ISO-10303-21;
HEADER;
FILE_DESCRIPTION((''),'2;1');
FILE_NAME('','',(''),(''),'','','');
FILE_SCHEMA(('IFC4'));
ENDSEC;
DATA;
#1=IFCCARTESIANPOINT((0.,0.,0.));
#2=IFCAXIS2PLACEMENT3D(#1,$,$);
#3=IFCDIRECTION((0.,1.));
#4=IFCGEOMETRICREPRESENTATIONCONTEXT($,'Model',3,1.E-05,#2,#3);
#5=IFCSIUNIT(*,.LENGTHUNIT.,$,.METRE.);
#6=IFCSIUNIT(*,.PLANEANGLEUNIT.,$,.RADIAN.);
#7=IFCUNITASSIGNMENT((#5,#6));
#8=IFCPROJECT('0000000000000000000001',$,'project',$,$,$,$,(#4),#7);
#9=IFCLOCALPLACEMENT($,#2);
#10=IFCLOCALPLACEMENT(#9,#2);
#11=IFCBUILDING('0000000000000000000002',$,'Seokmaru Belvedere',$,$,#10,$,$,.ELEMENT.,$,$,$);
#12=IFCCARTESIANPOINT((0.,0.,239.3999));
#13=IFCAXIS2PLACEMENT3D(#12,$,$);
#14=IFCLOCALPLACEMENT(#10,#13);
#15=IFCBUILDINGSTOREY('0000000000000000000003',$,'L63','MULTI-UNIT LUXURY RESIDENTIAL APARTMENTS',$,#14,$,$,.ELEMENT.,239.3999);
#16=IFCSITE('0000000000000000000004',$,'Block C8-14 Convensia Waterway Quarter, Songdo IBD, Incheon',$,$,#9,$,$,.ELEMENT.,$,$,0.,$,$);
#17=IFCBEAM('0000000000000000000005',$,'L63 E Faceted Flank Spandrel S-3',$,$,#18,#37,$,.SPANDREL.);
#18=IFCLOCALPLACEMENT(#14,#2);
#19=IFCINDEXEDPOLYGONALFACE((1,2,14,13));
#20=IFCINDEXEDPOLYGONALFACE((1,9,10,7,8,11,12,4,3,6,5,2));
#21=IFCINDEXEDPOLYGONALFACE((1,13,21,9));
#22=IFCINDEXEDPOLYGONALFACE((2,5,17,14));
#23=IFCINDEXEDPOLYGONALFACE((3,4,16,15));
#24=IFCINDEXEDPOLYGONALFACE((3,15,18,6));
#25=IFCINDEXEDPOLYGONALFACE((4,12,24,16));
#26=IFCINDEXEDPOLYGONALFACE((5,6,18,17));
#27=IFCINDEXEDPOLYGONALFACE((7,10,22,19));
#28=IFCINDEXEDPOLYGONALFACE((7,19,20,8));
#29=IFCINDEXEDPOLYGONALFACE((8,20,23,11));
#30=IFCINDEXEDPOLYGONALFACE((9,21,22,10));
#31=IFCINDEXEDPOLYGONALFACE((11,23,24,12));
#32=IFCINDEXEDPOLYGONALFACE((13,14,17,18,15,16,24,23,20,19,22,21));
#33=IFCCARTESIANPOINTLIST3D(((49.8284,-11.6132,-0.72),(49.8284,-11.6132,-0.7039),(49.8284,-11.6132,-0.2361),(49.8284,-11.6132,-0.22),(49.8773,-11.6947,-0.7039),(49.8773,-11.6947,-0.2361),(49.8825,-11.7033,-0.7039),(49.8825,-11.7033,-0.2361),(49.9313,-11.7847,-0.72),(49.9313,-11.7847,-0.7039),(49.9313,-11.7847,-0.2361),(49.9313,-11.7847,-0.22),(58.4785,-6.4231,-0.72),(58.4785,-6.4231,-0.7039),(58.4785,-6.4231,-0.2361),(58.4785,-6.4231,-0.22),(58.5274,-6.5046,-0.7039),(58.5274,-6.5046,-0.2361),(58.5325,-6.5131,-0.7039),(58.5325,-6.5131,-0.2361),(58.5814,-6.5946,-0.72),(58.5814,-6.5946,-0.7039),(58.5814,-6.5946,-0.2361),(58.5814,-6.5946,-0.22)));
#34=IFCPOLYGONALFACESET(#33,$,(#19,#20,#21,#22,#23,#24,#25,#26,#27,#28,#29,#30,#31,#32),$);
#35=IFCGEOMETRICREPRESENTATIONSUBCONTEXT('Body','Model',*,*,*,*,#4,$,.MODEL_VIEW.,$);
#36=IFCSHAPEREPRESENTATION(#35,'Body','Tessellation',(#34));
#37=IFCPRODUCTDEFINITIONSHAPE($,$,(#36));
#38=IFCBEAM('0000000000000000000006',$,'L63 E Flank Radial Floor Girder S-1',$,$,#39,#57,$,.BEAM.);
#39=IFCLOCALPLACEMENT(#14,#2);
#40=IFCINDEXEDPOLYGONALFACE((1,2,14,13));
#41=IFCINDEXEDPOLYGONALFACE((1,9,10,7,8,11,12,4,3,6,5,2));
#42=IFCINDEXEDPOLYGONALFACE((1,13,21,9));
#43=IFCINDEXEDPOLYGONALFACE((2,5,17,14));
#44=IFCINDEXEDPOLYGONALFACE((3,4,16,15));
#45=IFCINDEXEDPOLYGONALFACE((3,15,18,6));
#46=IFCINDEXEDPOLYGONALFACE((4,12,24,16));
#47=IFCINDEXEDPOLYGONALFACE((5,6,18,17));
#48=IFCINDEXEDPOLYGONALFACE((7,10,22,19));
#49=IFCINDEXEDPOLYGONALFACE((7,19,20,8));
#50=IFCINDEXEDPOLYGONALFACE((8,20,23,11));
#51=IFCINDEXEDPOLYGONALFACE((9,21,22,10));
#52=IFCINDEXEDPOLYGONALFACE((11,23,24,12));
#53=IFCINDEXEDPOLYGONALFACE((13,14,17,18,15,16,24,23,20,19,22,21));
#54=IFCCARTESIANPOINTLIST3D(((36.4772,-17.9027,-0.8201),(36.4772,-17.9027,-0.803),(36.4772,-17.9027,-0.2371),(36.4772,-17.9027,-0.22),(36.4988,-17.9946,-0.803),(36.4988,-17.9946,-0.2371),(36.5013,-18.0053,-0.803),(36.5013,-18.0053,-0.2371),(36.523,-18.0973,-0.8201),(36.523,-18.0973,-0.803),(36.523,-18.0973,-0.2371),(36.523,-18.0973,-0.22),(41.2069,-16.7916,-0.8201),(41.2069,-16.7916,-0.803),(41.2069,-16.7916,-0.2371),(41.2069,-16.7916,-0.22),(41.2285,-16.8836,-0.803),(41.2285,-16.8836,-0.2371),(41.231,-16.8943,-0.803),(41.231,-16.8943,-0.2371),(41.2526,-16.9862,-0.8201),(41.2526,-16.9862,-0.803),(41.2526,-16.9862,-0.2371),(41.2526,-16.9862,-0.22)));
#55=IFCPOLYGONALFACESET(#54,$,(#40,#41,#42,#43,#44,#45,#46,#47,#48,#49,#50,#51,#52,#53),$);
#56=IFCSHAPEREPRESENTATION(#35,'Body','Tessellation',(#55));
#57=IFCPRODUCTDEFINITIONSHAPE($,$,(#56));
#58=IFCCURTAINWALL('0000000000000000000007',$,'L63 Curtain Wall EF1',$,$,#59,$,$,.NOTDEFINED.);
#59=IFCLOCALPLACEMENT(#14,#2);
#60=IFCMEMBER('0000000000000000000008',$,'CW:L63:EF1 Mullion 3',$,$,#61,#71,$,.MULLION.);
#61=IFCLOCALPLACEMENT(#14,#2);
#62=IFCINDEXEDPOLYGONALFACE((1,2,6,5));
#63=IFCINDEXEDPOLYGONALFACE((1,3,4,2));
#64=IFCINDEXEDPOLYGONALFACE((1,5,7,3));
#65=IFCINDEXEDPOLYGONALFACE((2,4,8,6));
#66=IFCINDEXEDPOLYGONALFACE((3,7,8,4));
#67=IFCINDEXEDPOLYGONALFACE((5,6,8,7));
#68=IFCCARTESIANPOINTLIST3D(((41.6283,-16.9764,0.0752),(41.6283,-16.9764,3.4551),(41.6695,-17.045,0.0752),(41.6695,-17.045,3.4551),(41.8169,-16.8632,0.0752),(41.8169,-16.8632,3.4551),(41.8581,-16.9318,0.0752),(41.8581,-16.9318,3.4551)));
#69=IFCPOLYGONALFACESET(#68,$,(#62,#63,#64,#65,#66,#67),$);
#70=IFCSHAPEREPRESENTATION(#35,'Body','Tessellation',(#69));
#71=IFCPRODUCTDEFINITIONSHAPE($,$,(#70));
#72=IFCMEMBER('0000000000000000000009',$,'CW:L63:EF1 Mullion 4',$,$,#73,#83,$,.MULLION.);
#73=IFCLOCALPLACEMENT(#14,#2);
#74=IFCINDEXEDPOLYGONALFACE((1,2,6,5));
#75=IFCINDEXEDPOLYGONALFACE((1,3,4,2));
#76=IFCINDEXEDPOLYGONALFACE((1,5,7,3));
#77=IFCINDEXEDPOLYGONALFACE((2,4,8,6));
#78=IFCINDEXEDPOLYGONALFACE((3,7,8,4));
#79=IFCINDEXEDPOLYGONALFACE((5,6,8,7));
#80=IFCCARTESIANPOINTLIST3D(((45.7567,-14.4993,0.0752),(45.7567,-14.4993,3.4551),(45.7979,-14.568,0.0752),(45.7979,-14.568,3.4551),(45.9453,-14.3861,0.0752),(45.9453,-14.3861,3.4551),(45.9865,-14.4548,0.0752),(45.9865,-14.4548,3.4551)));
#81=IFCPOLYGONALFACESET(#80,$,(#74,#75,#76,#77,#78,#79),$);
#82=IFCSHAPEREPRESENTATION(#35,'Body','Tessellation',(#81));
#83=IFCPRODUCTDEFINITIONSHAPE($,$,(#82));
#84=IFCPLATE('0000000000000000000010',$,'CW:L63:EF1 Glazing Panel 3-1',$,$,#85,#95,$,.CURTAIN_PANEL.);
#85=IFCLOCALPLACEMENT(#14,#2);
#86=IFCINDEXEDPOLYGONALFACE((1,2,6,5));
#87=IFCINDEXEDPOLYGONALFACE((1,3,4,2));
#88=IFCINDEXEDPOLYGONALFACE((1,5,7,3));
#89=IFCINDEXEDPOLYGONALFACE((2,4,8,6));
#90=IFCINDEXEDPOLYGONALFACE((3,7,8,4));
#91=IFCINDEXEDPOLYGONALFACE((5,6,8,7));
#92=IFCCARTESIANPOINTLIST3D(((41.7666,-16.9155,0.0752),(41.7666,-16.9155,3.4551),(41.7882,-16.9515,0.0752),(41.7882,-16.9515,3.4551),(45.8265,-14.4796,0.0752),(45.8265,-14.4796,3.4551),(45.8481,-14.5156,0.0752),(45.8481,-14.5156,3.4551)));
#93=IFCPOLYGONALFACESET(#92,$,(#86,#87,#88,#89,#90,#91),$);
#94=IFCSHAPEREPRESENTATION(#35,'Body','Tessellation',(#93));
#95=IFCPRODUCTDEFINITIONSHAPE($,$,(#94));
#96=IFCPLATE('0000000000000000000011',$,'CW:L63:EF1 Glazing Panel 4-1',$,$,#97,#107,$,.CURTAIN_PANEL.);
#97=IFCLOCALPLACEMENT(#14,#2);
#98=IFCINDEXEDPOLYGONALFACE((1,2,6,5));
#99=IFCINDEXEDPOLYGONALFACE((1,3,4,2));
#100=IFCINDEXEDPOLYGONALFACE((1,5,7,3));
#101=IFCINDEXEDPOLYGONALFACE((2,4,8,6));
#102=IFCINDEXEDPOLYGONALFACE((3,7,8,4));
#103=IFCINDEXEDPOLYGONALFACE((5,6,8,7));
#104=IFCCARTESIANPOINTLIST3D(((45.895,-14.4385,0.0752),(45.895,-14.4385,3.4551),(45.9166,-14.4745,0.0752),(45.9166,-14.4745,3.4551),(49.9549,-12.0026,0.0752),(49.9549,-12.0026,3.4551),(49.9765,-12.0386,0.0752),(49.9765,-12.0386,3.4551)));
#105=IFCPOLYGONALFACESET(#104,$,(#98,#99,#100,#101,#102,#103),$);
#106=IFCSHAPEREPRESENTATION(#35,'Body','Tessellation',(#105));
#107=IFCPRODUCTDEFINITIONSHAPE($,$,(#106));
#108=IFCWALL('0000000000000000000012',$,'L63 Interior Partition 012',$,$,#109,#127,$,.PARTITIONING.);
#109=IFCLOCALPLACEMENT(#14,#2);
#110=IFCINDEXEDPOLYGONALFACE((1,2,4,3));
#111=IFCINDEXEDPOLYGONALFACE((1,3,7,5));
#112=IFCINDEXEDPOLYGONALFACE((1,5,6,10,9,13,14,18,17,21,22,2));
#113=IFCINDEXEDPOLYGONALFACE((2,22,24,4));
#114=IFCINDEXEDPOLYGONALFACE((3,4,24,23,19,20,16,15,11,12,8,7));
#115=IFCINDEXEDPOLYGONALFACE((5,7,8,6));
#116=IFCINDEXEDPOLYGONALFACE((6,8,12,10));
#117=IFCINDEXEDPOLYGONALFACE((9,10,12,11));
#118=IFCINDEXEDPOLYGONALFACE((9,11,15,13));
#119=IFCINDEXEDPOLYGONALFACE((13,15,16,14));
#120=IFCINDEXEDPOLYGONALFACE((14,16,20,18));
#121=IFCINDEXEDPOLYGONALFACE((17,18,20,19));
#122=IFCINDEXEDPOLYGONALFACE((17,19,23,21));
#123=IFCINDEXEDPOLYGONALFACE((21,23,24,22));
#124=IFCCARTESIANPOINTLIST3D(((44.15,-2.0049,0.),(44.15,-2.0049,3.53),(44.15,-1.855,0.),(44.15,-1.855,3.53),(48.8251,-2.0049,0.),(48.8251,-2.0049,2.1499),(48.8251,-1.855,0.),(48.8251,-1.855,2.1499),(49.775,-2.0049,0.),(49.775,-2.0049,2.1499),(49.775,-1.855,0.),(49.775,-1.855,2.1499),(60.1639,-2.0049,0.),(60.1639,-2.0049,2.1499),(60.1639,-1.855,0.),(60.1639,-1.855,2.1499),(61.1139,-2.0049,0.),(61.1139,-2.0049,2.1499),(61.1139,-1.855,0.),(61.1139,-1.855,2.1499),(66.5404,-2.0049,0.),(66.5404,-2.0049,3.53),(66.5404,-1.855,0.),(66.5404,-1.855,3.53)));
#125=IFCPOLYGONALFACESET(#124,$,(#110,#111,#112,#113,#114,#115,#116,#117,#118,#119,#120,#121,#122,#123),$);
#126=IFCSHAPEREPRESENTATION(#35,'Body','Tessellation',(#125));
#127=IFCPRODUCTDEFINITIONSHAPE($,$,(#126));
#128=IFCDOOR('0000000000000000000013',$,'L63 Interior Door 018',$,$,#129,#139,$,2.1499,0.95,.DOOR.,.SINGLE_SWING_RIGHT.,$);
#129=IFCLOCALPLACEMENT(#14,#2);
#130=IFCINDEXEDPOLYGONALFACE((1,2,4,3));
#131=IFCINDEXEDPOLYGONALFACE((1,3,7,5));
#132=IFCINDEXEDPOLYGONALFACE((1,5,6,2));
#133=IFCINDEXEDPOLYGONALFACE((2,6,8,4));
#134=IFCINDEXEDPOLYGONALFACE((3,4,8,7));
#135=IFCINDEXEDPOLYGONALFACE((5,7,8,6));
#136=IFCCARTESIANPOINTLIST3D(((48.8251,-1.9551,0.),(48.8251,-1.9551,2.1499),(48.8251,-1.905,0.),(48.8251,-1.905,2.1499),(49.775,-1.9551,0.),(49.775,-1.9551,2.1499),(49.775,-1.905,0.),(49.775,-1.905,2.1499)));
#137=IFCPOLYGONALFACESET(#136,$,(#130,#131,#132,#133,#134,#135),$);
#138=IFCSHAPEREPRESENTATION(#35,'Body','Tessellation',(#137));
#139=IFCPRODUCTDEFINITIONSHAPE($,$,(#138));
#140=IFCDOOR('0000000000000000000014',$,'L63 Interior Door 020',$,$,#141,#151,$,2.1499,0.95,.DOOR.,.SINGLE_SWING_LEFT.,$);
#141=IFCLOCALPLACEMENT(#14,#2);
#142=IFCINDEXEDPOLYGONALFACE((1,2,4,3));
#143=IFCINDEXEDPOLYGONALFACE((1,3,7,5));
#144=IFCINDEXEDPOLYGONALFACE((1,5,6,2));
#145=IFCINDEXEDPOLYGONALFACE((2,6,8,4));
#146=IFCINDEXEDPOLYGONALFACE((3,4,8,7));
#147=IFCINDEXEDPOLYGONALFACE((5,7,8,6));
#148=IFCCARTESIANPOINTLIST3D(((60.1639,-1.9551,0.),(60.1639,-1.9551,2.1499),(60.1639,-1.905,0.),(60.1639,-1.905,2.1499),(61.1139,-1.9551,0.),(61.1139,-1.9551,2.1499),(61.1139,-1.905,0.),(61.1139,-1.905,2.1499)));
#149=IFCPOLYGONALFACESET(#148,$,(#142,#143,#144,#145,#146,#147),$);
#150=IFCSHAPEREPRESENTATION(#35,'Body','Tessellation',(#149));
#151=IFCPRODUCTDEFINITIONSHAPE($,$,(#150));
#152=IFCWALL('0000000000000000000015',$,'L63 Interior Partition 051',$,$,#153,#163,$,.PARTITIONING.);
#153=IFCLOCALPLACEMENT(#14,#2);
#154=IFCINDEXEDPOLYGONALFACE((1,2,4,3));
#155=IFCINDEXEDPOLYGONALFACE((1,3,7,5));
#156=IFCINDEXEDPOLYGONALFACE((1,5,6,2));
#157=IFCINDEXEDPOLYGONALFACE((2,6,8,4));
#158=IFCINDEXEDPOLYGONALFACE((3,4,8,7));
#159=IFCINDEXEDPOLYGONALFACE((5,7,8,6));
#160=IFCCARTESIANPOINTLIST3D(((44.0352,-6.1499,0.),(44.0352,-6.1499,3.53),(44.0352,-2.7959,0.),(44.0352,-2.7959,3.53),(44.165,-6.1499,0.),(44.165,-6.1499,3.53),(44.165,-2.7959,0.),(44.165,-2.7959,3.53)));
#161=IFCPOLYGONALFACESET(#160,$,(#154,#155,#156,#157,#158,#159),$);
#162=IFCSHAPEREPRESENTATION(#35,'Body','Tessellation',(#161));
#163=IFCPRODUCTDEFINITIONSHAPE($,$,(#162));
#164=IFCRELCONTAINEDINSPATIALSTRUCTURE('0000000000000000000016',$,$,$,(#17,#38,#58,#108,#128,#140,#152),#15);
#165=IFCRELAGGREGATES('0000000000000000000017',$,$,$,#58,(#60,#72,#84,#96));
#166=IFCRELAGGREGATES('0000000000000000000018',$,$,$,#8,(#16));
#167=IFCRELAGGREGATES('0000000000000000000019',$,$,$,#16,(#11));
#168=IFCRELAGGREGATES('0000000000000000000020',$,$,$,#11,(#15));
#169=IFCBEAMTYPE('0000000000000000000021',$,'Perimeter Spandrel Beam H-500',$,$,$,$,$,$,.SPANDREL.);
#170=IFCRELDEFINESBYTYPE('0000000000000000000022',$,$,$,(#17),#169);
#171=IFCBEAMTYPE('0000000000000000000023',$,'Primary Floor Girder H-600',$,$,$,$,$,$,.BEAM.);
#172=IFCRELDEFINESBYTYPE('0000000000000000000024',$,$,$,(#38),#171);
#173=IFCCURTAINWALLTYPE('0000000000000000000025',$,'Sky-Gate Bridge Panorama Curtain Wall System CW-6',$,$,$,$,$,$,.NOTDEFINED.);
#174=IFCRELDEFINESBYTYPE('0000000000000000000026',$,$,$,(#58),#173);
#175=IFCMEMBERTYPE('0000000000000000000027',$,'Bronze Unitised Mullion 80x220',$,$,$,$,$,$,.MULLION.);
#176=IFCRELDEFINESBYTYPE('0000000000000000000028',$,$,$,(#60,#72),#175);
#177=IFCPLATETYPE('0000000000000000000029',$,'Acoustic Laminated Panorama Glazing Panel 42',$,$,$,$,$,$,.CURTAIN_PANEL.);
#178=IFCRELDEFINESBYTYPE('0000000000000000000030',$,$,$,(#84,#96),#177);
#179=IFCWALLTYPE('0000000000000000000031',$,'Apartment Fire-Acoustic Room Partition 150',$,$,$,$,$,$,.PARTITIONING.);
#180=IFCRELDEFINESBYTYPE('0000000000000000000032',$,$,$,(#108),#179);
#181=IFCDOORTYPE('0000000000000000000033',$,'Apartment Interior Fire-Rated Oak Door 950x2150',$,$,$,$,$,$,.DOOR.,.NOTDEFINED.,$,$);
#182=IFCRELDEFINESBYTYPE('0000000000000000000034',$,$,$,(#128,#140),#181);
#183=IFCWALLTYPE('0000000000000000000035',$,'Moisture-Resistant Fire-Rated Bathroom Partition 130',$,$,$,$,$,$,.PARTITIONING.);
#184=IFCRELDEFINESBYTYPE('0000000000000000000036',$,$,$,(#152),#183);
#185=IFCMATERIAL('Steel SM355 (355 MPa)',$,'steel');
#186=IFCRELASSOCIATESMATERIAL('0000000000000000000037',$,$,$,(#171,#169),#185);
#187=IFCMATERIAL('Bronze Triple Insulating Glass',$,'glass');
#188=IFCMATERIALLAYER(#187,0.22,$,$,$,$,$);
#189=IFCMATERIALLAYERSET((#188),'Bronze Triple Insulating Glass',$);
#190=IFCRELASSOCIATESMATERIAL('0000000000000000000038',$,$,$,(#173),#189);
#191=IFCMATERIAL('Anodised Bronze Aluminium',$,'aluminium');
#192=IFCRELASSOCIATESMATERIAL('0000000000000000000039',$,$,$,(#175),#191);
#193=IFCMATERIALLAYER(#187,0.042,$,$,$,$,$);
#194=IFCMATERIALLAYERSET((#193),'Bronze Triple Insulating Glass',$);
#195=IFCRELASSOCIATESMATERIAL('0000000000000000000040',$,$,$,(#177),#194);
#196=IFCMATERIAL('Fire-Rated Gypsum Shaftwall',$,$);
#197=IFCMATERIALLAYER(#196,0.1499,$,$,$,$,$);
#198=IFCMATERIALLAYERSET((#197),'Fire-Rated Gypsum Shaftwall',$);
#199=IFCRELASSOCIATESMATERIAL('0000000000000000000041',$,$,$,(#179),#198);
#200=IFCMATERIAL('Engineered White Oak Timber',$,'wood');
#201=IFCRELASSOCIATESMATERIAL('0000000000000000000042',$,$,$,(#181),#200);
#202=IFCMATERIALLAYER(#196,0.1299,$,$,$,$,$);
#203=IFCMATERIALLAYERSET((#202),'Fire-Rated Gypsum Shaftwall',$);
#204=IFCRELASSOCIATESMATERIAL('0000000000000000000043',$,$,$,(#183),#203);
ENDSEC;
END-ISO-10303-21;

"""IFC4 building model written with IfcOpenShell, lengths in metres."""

from ifc_helpers import new_model, si_unit, direction, frame, frame_2d, origin, origin_2d, place, context, subcontext, project, spatial, rectangle, i_section, extrude, source, transform, mapped, material, layer, layer_set, material_profile, profile_set, type_object, type_shapes, element, fill, aggregate, save


model = new_model("IFC4")

# Units and contexts
model_context = context("Model", 3, precision=1e-05, world=origin(), true_north=direction((0.0, 1.0)))
body_context = subcontext(model_context, "Body", "Model", "MODEL_VIEW")
ifc_project = project(units=[si_unit("LENGTHUNIT", "METRE"), si_unit("PLANEANGLEUNIT", "RADIAN")], contexts=[model_context])

# Site, building, storey
site_placement = place(None, origin())
site = spatial("IfcSite", under=ifc_project, at=site_placement, Name="Block C8-14 Convensia Waterway Quarter, Songdo IBD, Incheon", CompositionType="ELEMENT", RefElevation=0.0)
building_placement = place(site_placement, origin())
building = spatial("IfcBuilding", under=site, at=building_placement, Name="Seokmaru Belvedere", CompositionType="ELEMENT")
storey_placement = place(building_placement, frame((0.0, 0.0, 239.3999)))
storey = spatial("IfcBuildingStorey", under=building, at=storey_placement, Name="L63", Description="MULTI-UNIT LUXURY RESIDENTIAL APARTMENTS", CompositionType="ELEMENT", Elevation=239.3999)

# Shared definitions
ifc_material_1 = material(Name="Steel SM355 (355 MPa)", Category="steel")

# Beams
ifc_material_profile_1 = material_profile(ifc_material_1, i_section(OverallWidth=0.2, OverallDepth=0.6001, WebThickness=0.011, FlangeThickness=0.0171, at=origin_2d()), Name="H-600x200x11x17")
ifc_profile_set_1 = profile_set([ifc_material_profile_1], Name="Steel SM355 (355 MPa)")
beam_type_1 = type_object("IfcBeamType", Name="Primary Floor Girder H-600", PredefinedType="BEAM", material=ifc_profile_set_1)
ifc_material_profile_2 = material_profile(ifc_material_1, i_section(OverallWidth=0.2, OverallDepth=0.5, WebThickness=0.01, FlangeThickness=0.0161, at=origin_2d()), Name="H-500x200x10x16")
ifc_profile_set_2 = profile_set([ifc_material_profile_2], Name="Steel SM355 (355 MPa)")
beam_type_2 = type_object("IfcBeamType", Name="Perimeter Spandrel Beam H-500", PredefinedType="SPANDREL", material=ifc_profile_set_2)
shared_shape_1 = source(origin(), body_context, "Body", "SweptSolid", [
    extrude(i_section(OverallWidth=0.2, OverallDepth=0.5, WebThickness=0.01, FlangeThickness=0.0161, at=origin_2d()), origin(), (0.0, 0.0, 1.0), 10.0876),
])
type_shapes(beam_type_2, [shared_shape_1])
for number, where, z_axis, x_axis, name in (
    (1, (49.8799, -11.699, -0.47), (0.857489, 0.514503, 0.0), (-0.514503, 0.857489, 0.0), "L63 E Faceted Flank Spandrel S-3"),
):
    element("IfcBeam", number, at=place(storey_placement, frame(where, z_axis=z_axis, x_axis=x_axis)), inside=storey, type_object=beam_type_2, Name=name, PredefinedType="SPANDREL", context=body_context, shape_type="MappedRepresentation", body=[
        mapped(shared_shape_1, transform((0.0, 0.0, 0.0), scale=1.0)),
    ])
shared_shape_2 = source(origin(), body_context, "Body", "SweptSolid", [
    extrude(i_section(OverallWidth=0.2, OverallDepth=0.6001, WebThickness=0.011, FlangeThickness=0.0171, at=origin_2d()), origin(), (0.0, 0.0, 1.0), 4.8584),
])
beam_1_placement = place(storey_placement, frame((41.2297, -16.8889, -0.52), z_axis=(-0.973499, -0.228689, 0.0), x_axis=(0.228689, -0.973499, 0.0)))
element("IfcBeam", 2, at=beam_1_placement, inside=storey, type_object=beam_type_1, Name="L63 E Flank Radial Floor Girder S-1", PredefinedType="BEAM", context=body_context, shape_type="MappedRepresentation", body=[
    mapped(shared_shape_2, transform((0.0, 0.0, 0.0), scale=1.0)),
])

# Curtain wall, members, plates
ifc_material_2 = material(Name="Bronze Triple Insulating Glass", Category="glass")
ifc_layer_1 = layer(ifc_material_2, 0.22)
ifc_layer_set_1 = layer_set([ifc_layer_1], Name="Bronze Triple Insulating Glass")
curtain_wall_type = type_object("IfcCurtainWallType", Name="Sky-Gate Bridge Panorama Curtain Wall System CW-6", PredefinedType="NOTDEFINED", material=ifc_layer_set_1)
curtain_wall_placement = place(storey_placement, origin())
curtain_wall = element("IfcCurtainWall", 3, at=curtain_wall_placement, inside=storey, type_object=curtain_wall_type, Name="L63 Curtain Wall EF1", PredefinedType="NOTDEFINED")
ifc_material_3 = material(Name="Anodised Bronze Aluminium", Category="aluminium")
ifc_material_profile_3 = material_profile(ifc_material_3, rectangle(XDim=0.0801, YDim=0.22, at=origin_2d()), Name="CW-M-80x220")
ifc_profile_set_3 = profile_set([ifc_material_profile_3], Name="Anodised Bronze Aluminium")
member_type = type_object("IfcMemberType", Name="Bronze Unitised Mullion 80x220", PredefinedType="MULLION", material=ifc_profile_set_3)
shared_shape_3 = source(origin(), body_context, "Body", "SweptSolid", [
    extrude(rectangle(XDim=0.0801, YDim=0.22, at=origin_2d()), origin(), (0.0, 0.0, 1.0), 3.3799),
])
type_shapes(member_type, [shared_shape_3])
member_1_placement = place(storey_placement, frame((41.7432, -16.9541, 0.0752), z_axis=(0.0, 0.0, 1.0), x_axis=(-0.514495, 0.857493, 0.0)))
member_1 = element("IfcMember", 4, at=member_1_placement, type_object=member_type, Name="CW:L63:EF1 Mullion 3", PredefinedType="MULLION", context=body_context, shape_type="MappedRepresentation", body=[
    mapped(shared_shape_3, transform((0.0, 0.0, 0.0), scale=1.0)),
])
member_2_placement = place(storey_placement, frame((45.8716, -14.4771, 0.0752), z_axis=(0.0, 0.0, 1.0), x_axis=(-0.514495, 0.857493, 0.0)))
member_2 = element("IfcMember", 5, at=member_2_placement, type_object=member_type, Name="CW:L63:EF1 Mullion 4", PredefinedType="MULLION", context=body_context, shape_type="MappedRepresentation", body=[
    mapped(shared_shape_3, transform((0.0, 0.0, 0.0), scale=1.0)),
])
ifc_layer_2 = layer(ifc_material_2, 0.042)
ifc_layer_set_2 = layer_set([ifc_layer_2], Name="Bronze Triple Insulating Glass")
plate_type = type_object("IfcPlateType", Name="Acoustic Laminated Panorama Glazing Panel 42", PredefinedType="CURTAIN_PANEL", material=ifc_layer_set_2)
shared_shape_4 = source(origin(), body_context, "Body", "SweptSolid", [
    extrude(rectangle(XDim=4.7346, YDim=0.042, at=origin_2d()), origin(), (0.0, 0.0, 1.0), 3.3799),
])
type_shapes(plate_type, [shared_shape_4])
plate_1_placement = place(storey_placement, frame((43.8074, -15.7156, 0.0752), z_axis=(0.0, 0.0, 1.0), x_axis=(0.857493, 0.514495, 0.0)))
plate_1 = element("IfcPlate", 6, at=plate_1_placement, type_object=plate_type, Name="CW:L63:EF1 Glazing Panel 3-1", PredefinedType="CURTAIN_PANEL", context=body_context, shape_type="MappedRepresentation", body=[
    mapped(shared_shape_4, transform((0.0, 0.0, 0.0), scale=1.0)),
])
plate_2_placement = place(storey_placement, frame((47.9358, -13.2385, 0.0752), z_axis=(0.0, 0.0, 1.0), x_axis=(0.857493, 0.514495, 0.0)))
plate_2 = element("IfcPlate", 7, at=plate_2_placement, type_object=plate_type, Name="CW:L63:EF1 Glazing Panel 4-1", PredefinedType="CURTAIN_PANEL", context=body_context, shape_type="MappedRepresentation", body=[
    mapped(shared_shape_4, transform((0.0, 0.0, 0.0), scale=1.0)),
])
aggregate(curtain_wall, [member_1, member_2, plate_1, plate_2])

# Wall, openings, doors
ifc_material_4 = material(Name="Fire-Rated Gypsum Shaftwall")
ifc_layer_3 = layer(ifc_material_4, 0.1499)
ifc_layer_set_3 = layer_set([ifc_layer_3], Name="Fire-Rated Gypsum Shaftwall")
wall_type_1 = type_object("IfcWallType", Name="Apartment Fire-Acoustic Room Partition 150", PredefinedType="PARTITIONING", material=ifc_layer_set_3)
wall_1_placement = place(storey_placement, frame((44.1499, -1.9299, 0.0), z_axis=(0.0, 0.0, 1.0), x_axis=(1.0, 0.0, 0.0)))
wall_1 = element("IfcWall", 8, at=wall_1_placement, inside=storey, type_object=wall_type_1, Name="L63 Interior Partition 012", PredefinedType="PARTITIONING", context=body_context, shape_type="SweptSolid", body=[
    extrude(rectangle(XDim=22.3904, YDim=0.1499, at=frame_2d((11.1953, 0.0))), origin(), (0.0, 0.0, 1.0), 3.53),
])
opening_1_placement = place(wall_1_placement, frame((4.675, 0.0, 0.0)))
opening_1 = element("IfcOpeningElement", 9, at=opening_1_placement, cuts=wall_1, PredefinedType="OPENING", context=body_context, shape_type="SweptSolid", body=[
    extrude(rectangle(XDim=0.95, YDim=2.1499, at=frame_2d((0.4751, 1.075))), frame((0.0, 0.085, 0.0), z_axis=(0.0, -1.0, 0.0), x_axis=(1.0, 0.0, 0.0)), (0.0, 0.0, 1.0), 0.1699),
])
opening_2_placement = place(wall_1_placement, frame((16.0139, 0.0, 0.0)))
opening_2 = element("IfcOpeningElement", 10, at=opening_2_placement, cuts=wall_1, PredefinedType="OPENING", context=body_context, shape_type="SweptSolid", body=[
    extrude(rectangle(XDim=0.95, YDim=2.1499, at=frame_2d((0.4751, 1.075))), frame((0.0, 0.085, 0.0), z_axis=(0.0, -1.0, 0.0), x_axis=(1.0, 0.0, 0.0)), (0.0, 0.0, 1.0), 0.1699),
])
ifc_material_5 = material(Name="Engineered White Oak Timber", Category="wood")
door_type = type_object("IfcDoorType", Name="Apartment Interior Fire-Rated Oak Door 950x2150", OperationType="NOTDEFINED", PredefinedType="DOOR", material=ifc_material_5)
shared_shape_5 = source(origin(), body_context, "Body", "SweptSolid", [
    extrude(rectangle(XDim=0.95, YDim=2.1499, at=frame_2d((0.4751, 1.075))), frame((0.0, 0.0249, 0.0), z_axis=(0.0, -1.0, 0.0), x_axis=(1.0, 0.0, 0.0)), (0.0, 0.0, 1.0), 0.05),
])
type_shapes(door_type, [shared_shape_5])
door_1_placement = place(opening_1_placement, origin())
door_1 = element("IfcDoor", 11, at=door_1_placement, inside=storey, type_object=door_type, Name="L63 Interior Door 018", OperationType="SINGLE_SWING_RIGHT", OverallHeight=2.1499, OverallWidth=0.95, PredefinedType="DOOR", context=body_context, shape_type="MappedRepresentation", body=[
    mapped(shared_shape_5, transform((0.0, 0.0, 0.0), scale=1.0)),
])
fill(opening_1, door_1)
door_2_placement = place(opening_2_placement, origin())
door_2 = element("IfcDoor", 12, at=door_2_placement, inside=storey, type_object=door_type, Name="L63 Interior Door 020", OperationType="SINGLE_SWING_LEFT", OverallHeight=2.1499, OverallWidth=0.95, PredefinedType="DOOR", context=body_context, shape_type="MappedRepresentation", body=[
    mapped(shared_shape_5, transform((0.0, 0.0, 0.0), scale=1.0)),
])
fill(opening_2, door_2)

# Wall
ifc_layer_4 = layer(ifc_material_4, 0.1299)
ifc_layer_set_4 = layer_set([ifc_layer_4], Name="Fire-Rated Gypsum Shaftwall")
wall_type_2 = type_object("IfcWallType", Name="Moisture-Resistant Fire-Rated Bathroom Partition 130", PredefinedType="PARTITIONING", material=ifc_layer_set_4)
wall_2_placement = place(storey_placement, frame((44.1001, -6.1499, 0.0), z_axis=(0.0, 0.0, 1.0), x_axis=(0.0, 1.0, 0.0)))
element("IfcWall", 13, at=wall_2_placement, inside=storey, type_object=wall_type_2, Name="L63 Interior Partition 051", PredefinedType="PARTITIONING", context=body_context, shape_type="SweptSolid", body=[
    extrude(rectangle(XDim=3.354, YDim=0.1299, at=frame_2d((1.677, 0.0))), origin(), (0.0, 0.0, 1.0), 3.53),
])

save(model, "model.ifc")
